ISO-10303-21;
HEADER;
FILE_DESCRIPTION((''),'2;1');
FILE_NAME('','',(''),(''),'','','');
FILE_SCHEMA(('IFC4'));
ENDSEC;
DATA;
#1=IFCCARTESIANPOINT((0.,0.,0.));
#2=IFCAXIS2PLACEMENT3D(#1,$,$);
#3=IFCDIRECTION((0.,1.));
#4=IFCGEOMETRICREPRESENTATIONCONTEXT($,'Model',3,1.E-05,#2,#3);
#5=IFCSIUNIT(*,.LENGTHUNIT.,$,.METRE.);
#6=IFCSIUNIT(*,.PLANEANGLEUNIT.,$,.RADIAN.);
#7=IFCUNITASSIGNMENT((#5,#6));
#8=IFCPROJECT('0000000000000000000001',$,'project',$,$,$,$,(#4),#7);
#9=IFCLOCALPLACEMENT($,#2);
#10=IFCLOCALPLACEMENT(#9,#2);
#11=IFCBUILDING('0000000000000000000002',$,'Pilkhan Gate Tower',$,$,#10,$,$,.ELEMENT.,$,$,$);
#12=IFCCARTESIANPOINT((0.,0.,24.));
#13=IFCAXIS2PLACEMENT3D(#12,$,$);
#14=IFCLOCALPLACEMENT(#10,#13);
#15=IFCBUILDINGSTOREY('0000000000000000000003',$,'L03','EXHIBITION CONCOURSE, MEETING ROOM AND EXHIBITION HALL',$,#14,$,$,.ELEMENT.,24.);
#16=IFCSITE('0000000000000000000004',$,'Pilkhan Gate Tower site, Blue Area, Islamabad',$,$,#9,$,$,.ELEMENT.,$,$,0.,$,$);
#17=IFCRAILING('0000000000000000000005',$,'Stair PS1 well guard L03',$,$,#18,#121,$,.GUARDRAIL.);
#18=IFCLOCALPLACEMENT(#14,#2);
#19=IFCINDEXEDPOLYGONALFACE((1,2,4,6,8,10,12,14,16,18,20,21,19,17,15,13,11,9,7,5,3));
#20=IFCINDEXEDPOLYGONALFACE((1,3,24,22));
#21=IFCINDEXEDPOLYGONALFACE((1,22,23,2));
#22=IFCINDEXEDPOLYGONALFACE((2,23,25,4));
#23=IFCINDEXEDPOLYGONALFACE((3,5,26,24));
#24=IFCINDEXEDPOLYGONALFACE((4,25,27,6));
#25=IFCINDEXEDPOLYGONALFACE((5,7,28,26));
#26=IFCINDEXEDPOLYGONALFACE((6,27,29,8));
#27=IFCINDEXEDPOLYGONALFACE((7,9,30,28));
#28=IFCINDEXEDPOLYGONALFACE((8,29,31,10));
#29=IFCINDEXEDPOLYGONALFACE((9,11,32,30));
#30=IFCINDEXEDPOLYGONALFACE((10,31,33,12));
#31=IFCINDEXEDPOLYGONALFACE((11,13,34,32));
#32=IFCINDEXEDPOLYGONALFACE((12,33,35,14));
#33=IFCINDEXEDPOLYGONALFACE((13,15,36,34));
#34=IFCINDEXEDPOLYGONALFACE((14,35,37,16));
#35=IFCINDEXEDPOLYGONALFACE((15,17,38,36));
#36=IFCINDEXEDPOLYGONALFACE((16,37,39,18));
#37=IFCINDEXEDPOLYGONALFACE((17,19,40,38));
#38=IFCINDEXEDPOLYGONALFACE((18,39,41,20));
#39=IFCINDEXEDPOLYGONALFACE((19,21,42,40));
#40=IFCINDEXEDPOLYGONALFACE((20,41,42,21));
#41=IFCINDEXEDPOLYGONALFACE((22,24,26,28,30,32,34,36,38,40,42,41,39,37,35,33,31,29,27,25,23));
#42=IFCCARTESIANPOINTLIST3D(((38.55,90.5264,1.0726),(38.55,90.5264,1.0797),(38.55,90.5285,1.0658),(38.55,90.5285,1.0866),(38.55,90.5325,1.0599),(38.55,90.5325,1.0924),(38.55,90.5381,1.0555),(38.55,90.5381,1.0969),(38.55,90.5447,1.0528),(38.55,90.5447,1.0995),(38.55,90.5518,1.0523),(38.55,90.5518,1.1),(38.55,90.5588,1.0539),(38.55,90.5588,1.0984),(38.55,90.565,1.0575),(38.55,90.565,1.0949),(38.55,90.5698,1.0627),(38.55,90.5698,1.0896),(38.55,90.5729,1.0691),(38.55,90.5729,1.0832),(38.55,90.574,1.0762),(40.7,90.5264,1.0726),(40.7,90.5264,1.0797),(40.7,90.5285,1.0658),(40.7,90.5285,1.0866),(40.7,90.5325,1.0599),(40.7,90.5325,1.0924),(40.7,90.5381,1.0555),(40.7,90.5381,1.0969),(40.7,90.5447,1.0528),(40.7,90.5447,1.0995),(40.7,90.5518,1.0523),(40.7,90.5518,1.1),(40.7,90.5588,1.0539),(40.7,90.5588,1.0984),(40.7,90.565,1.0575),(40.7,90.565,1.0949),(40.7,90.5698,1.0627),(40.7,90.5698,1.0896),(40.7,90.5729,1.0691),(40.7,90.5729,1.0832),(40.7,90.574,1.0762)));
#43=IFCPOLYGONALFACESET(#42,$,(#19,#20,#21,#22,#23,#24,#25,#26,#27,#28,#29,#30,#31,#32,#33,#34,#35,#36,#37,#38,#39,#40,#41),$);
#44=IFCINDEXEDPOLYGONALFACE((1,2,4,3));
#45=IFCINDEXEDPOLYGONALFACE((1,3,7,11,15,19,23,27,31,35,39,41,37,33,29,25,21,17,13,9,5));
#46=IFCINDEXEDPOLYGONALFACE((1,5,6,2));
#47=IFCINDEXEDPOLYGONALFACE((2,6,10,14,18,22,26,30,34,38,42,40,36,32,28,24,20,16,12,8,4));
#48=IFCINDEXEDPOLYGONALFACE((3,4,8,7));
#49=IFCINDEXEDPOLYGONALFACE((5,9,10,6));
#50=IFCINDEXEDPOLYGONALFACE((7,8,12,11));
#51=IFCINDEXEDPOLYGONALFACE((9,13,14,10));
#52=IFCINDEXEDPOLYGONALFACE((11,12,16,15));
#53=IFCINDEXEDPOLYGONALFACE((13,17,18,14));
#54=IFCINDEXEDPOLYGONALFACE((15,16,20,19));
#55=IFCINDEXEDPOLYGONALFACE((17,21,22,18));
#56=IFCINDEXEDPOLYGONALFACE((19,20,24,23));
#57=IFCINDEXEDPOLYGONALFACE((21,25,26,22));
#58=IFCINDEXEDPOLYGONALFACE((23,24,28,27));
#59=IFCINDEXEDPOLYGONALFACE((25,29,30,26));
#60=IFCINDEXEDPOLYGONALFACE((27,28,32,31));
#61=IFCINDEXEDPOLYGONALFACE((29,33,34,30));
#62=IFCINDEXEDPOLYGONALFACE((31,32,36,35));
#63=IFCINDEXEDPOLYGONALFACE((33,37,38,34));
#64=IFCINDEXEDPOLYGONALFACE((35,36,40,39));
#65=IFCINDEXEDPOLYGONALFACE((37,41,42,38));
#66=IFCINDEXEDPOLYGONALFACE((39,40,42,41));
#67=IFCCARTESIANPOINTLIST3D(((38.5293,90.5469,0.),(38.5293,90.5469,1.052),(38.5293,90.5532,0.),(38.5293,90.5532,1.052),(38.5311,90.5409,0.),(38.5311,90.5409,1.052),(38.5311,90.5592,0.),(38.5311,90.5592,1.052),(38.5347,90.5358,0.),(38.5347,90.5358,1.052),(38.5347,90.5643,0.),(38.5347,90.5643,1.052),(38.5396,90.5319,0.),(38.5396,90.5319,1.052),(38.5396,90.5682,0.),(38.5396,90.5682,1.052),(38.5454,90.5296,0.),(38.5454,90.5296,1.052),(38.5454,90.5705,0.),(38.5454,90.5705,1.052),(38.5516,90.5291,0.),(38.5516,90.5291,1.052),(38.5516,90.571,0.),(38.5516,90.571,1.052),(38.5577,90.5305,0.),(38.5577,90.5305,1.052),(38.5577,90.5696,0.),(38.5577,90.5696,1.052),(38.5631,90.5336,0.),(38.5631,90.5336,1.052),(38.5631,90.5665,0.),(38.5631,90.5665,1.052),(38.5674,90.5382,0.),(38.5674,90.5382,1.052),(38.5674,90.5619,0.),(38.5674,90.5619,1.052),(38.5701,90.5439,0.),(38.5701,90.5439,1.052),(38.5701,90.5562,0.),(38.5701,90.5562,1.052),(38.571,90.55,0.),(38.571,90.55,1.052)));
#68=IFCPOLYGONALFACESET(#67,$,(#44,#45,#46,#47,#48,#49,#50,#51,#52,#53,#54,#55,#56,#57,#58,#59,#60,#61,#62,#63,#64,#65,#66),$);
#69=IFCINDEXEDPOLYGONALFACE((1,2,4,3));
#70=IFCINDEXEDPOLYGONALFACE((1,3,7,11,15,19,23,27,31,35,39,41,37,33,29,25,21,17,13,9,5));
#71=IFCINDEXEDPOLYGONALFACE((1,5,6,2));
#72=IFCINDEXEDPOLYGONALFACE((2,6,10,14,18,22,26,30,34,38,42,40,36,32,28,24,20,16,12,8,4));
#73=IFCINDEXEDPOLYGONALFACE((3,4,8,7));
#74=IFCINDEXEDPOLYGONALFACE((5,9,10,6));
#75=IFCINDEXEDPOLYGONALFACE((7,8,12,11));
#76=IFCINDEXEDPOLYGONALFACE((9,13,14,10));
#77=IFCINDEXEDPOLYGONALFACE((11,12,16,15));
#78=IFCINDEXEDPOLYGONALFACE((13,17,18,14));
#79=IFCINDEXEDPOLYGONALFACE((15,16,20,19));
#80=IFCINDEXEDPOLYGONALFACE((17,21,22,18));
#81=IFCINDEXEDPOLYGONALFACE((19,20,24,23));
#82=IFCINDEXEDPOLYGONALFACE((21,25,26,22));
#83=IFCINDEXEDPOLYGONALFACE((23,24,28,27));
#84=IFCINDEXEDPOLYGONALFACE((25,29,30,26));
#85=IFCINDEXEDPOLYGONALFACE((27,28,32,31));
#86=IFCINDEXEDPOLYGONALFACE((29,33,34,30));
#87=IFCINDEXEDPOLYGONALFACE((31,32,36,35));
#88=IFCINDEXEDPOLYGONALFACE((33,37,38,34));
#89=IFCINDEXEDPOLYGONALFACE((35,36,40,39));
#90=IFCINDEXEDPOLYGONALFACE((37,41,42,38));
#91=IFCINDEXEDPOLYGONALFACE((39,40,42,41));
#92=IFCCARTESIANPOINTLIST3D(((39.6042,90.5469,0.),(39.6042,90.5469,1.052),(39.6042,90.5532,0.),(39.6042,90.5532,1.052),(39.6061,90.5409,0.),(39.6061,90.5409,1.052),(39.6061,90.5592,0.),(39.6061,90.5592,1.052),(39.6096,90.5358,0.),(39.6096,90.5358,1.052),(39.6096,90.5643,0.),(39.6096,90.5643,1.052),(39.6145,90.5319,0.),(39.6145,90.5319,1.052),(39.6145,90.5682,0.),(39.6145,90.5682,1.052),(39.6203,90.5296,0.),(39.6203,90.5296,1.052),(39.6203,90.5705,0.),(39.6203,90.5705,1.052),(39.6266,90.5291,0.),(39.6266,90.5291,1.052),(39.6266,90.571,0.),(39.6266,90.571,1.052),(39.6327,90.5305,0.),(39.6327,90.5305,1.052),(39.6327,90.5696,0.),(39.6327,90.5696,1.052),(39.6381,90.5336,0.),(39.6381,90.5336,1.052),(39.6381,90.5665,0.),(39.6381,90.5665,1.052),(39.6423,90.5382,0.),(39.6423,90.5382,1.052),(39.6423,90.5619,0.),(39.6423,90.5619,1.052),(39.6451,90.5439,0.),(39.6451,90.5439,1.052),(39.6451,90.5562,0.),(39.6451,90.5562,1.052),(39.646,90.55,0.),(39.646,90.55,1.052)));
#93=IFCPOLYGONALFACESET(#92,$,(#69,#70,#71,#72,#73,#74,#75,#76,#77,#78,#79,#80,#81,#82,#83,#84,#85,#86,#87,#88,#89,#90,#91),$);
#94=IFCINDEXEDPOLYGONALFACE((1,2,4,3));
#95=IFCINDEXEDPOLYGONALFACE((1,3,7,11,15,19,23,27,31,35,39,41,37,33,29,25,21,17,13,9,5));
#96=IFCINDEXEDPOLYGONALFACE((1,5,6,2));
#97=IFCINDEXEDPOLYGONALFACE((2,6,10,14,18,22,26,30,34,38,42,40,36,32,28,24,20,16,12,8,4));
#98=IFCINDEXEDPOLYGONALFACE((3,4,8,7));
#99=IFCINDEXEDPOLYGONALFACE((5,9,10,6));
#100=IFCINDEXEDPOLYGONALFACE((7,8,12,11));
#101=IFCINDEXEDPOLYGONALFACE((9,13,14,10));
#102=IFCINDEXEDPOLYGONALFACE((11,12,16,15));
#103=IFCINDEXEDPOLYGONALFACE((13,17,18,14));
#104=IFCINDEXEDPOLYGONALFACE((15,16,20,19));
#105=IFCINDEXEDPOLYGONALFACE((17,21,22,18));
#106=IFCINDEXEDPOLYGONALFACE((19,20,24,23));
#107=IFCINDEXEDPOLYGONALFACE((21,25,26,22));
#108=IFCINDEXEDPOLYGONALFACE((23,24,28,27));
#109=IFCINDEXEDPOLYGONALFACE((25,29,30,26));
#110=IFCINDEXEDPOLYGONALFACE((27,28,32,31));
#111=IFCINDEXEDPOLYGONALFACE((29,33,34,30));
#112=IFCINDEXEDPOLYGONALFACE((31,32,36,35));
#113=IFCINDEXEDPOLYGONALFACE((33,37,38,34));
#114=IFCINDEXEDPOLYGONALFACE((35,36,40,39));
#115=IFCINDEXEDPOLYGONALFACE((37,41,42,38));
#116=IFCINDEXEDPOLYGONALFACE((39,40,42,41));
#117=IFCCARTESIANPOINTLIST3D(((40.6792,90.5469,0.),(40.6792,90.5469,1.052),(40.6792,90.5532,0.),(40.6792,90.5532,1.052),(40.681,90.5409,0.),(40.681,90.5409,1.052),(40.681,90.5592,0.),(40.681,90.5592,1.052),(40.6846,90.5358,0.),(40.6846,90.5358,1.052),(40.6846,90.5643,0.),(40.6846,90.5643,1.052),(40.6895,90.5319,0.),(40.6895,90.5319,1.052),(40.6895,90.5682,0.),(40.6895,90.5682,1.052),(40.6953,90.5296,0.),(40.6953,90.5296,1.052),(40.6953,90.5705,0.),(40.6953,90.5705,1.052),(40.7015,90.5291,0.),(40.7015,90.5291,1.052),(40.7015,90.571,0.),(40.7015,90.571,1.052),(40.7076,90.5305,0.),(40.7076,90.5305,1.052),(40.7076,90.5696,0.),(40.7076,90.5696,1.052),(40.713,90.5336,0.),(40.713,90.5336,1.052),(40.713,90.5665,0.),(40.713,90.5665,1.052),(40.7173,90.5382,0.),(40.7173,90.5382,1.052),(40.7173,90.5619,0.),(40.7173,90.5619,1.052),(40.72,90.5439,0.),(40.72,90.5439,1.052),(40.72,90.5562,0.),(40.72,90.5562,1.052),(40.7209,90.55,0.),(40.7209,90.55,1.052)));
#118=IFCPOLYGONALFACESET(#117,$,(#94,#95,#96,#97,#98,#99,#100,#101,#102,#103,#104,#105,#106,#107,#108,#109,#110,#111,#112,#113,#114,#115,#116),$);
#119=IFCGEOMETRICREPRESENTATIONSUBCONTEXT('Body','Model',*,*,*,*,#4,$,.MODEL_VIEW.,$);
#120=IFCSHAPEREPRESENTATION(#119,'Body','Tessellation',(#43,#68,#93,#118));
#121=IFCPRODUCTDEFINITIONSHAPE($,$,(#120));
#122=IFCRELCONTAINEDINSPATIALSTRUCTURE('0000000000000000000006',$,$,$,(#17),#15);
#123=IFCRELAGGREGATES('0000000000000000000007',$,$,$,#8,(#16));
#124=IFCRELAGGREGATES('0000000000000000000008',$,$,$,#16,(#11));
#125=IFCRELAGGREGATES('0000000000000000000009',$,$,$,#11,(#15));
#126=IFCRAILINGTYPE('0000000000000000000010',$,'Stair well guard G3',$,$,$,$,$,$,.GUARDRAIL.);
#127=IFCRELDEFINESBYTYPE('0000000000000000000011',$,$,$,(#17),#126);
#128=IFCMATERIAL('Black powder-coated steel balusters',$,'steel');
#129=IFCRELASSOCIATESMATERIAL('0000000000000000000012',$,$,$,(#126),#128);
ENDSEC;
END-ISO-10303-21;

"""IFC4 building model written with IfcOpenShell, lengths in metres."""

from ifc_helpers import new_model, si_unit, direction, frame, origin, origin_2d, place, context, subcontext, project, spatial, circle, extrude, material, type_object, element, save


model = new_model("IFC4")

# Units and contexts
model_context = context("Model", 3, precision=1e-05, world=origin(), true_north=direction((0.0, 1.0)))
body_context = subcontext(model_context, "Body", "Model", "MODEL_VIEW")
ifc_project = project(units=[si_unit("LENGTHUNIT", "METRE"), si_unit("PLANEANGLEUNIT", "RADIAN")], contexts=[model_context])

# Site, building, storey
site_placement = place(None, origin())
site = spatial("IfcSite", under=ifc_project, at=site_placement, Name="Pilkhan Gate Tower site, Blue Area, Islamabad", CompositionType="ELEMENT", RefElevation=0.0)
building_placement = place(site_placement, origin())
building = spatial("IfcBuilding", under=site, at=building_placement, Name="Pilkhan Gate Tower", CompositionType="ELEMENT")
storey_placement = place(building_placement, frame((0.0, 0.0, 24.0)))
storey = spatial("IfcBuildingStorey", under=building, at=storey_placement, Name="L03", Description="EXHIBITION CONCOURSE, MEETING ROOM AND EXHIBITION HALL", CompositionType="ELEMENT", Elevation=24.0)

# Railing
ifc_material_1 = material(Name="Black powder-coated steel balusters", Category="steel")
railing_type = type_object("IfcRailingType", Name="Stair well guard G3", PredefinedType="GUARDRAIL", material=ifc_material_1)
railing_1_placement = place(storey_placement, frame((38.55, 90.55, 0.0)))
element("IfcRailing", 1, at=railing_1_placement, inside=storey, type_object=railing_type, Name="Stair PS1 well guard L03", PredefinedType="GUARDRAIL", context=body_context, shape_type="SweptSolid", body=[
    extrude(circle(Radius=0.0239, at=origin_2d()), frame((0.0, 0.0, 1.0762), z_axis=(1.0, 0.0, 0.0), x_axis=(0.0, 1.0, 0.0)), (0.0, 0.0, 1.0), 2.1499),
    extrude(circle(Radius=0.021, at=origin_2d()), origin(), (0.0, 0.0, 1.0), 1.052),
    extrude(circle(Radius=0.021, at=origin_2d()), frame((1.075, 0.0, 0.0)), (0.0, 0.0, 1.0), 1.052),
    extrude(circle(Radius=0.021, at=origin_2d()), frame((2.1499, 0.0, 0.0)), (0.0, 0.0, 1.0), 1.052),
])

save(model, "model.ifc")
